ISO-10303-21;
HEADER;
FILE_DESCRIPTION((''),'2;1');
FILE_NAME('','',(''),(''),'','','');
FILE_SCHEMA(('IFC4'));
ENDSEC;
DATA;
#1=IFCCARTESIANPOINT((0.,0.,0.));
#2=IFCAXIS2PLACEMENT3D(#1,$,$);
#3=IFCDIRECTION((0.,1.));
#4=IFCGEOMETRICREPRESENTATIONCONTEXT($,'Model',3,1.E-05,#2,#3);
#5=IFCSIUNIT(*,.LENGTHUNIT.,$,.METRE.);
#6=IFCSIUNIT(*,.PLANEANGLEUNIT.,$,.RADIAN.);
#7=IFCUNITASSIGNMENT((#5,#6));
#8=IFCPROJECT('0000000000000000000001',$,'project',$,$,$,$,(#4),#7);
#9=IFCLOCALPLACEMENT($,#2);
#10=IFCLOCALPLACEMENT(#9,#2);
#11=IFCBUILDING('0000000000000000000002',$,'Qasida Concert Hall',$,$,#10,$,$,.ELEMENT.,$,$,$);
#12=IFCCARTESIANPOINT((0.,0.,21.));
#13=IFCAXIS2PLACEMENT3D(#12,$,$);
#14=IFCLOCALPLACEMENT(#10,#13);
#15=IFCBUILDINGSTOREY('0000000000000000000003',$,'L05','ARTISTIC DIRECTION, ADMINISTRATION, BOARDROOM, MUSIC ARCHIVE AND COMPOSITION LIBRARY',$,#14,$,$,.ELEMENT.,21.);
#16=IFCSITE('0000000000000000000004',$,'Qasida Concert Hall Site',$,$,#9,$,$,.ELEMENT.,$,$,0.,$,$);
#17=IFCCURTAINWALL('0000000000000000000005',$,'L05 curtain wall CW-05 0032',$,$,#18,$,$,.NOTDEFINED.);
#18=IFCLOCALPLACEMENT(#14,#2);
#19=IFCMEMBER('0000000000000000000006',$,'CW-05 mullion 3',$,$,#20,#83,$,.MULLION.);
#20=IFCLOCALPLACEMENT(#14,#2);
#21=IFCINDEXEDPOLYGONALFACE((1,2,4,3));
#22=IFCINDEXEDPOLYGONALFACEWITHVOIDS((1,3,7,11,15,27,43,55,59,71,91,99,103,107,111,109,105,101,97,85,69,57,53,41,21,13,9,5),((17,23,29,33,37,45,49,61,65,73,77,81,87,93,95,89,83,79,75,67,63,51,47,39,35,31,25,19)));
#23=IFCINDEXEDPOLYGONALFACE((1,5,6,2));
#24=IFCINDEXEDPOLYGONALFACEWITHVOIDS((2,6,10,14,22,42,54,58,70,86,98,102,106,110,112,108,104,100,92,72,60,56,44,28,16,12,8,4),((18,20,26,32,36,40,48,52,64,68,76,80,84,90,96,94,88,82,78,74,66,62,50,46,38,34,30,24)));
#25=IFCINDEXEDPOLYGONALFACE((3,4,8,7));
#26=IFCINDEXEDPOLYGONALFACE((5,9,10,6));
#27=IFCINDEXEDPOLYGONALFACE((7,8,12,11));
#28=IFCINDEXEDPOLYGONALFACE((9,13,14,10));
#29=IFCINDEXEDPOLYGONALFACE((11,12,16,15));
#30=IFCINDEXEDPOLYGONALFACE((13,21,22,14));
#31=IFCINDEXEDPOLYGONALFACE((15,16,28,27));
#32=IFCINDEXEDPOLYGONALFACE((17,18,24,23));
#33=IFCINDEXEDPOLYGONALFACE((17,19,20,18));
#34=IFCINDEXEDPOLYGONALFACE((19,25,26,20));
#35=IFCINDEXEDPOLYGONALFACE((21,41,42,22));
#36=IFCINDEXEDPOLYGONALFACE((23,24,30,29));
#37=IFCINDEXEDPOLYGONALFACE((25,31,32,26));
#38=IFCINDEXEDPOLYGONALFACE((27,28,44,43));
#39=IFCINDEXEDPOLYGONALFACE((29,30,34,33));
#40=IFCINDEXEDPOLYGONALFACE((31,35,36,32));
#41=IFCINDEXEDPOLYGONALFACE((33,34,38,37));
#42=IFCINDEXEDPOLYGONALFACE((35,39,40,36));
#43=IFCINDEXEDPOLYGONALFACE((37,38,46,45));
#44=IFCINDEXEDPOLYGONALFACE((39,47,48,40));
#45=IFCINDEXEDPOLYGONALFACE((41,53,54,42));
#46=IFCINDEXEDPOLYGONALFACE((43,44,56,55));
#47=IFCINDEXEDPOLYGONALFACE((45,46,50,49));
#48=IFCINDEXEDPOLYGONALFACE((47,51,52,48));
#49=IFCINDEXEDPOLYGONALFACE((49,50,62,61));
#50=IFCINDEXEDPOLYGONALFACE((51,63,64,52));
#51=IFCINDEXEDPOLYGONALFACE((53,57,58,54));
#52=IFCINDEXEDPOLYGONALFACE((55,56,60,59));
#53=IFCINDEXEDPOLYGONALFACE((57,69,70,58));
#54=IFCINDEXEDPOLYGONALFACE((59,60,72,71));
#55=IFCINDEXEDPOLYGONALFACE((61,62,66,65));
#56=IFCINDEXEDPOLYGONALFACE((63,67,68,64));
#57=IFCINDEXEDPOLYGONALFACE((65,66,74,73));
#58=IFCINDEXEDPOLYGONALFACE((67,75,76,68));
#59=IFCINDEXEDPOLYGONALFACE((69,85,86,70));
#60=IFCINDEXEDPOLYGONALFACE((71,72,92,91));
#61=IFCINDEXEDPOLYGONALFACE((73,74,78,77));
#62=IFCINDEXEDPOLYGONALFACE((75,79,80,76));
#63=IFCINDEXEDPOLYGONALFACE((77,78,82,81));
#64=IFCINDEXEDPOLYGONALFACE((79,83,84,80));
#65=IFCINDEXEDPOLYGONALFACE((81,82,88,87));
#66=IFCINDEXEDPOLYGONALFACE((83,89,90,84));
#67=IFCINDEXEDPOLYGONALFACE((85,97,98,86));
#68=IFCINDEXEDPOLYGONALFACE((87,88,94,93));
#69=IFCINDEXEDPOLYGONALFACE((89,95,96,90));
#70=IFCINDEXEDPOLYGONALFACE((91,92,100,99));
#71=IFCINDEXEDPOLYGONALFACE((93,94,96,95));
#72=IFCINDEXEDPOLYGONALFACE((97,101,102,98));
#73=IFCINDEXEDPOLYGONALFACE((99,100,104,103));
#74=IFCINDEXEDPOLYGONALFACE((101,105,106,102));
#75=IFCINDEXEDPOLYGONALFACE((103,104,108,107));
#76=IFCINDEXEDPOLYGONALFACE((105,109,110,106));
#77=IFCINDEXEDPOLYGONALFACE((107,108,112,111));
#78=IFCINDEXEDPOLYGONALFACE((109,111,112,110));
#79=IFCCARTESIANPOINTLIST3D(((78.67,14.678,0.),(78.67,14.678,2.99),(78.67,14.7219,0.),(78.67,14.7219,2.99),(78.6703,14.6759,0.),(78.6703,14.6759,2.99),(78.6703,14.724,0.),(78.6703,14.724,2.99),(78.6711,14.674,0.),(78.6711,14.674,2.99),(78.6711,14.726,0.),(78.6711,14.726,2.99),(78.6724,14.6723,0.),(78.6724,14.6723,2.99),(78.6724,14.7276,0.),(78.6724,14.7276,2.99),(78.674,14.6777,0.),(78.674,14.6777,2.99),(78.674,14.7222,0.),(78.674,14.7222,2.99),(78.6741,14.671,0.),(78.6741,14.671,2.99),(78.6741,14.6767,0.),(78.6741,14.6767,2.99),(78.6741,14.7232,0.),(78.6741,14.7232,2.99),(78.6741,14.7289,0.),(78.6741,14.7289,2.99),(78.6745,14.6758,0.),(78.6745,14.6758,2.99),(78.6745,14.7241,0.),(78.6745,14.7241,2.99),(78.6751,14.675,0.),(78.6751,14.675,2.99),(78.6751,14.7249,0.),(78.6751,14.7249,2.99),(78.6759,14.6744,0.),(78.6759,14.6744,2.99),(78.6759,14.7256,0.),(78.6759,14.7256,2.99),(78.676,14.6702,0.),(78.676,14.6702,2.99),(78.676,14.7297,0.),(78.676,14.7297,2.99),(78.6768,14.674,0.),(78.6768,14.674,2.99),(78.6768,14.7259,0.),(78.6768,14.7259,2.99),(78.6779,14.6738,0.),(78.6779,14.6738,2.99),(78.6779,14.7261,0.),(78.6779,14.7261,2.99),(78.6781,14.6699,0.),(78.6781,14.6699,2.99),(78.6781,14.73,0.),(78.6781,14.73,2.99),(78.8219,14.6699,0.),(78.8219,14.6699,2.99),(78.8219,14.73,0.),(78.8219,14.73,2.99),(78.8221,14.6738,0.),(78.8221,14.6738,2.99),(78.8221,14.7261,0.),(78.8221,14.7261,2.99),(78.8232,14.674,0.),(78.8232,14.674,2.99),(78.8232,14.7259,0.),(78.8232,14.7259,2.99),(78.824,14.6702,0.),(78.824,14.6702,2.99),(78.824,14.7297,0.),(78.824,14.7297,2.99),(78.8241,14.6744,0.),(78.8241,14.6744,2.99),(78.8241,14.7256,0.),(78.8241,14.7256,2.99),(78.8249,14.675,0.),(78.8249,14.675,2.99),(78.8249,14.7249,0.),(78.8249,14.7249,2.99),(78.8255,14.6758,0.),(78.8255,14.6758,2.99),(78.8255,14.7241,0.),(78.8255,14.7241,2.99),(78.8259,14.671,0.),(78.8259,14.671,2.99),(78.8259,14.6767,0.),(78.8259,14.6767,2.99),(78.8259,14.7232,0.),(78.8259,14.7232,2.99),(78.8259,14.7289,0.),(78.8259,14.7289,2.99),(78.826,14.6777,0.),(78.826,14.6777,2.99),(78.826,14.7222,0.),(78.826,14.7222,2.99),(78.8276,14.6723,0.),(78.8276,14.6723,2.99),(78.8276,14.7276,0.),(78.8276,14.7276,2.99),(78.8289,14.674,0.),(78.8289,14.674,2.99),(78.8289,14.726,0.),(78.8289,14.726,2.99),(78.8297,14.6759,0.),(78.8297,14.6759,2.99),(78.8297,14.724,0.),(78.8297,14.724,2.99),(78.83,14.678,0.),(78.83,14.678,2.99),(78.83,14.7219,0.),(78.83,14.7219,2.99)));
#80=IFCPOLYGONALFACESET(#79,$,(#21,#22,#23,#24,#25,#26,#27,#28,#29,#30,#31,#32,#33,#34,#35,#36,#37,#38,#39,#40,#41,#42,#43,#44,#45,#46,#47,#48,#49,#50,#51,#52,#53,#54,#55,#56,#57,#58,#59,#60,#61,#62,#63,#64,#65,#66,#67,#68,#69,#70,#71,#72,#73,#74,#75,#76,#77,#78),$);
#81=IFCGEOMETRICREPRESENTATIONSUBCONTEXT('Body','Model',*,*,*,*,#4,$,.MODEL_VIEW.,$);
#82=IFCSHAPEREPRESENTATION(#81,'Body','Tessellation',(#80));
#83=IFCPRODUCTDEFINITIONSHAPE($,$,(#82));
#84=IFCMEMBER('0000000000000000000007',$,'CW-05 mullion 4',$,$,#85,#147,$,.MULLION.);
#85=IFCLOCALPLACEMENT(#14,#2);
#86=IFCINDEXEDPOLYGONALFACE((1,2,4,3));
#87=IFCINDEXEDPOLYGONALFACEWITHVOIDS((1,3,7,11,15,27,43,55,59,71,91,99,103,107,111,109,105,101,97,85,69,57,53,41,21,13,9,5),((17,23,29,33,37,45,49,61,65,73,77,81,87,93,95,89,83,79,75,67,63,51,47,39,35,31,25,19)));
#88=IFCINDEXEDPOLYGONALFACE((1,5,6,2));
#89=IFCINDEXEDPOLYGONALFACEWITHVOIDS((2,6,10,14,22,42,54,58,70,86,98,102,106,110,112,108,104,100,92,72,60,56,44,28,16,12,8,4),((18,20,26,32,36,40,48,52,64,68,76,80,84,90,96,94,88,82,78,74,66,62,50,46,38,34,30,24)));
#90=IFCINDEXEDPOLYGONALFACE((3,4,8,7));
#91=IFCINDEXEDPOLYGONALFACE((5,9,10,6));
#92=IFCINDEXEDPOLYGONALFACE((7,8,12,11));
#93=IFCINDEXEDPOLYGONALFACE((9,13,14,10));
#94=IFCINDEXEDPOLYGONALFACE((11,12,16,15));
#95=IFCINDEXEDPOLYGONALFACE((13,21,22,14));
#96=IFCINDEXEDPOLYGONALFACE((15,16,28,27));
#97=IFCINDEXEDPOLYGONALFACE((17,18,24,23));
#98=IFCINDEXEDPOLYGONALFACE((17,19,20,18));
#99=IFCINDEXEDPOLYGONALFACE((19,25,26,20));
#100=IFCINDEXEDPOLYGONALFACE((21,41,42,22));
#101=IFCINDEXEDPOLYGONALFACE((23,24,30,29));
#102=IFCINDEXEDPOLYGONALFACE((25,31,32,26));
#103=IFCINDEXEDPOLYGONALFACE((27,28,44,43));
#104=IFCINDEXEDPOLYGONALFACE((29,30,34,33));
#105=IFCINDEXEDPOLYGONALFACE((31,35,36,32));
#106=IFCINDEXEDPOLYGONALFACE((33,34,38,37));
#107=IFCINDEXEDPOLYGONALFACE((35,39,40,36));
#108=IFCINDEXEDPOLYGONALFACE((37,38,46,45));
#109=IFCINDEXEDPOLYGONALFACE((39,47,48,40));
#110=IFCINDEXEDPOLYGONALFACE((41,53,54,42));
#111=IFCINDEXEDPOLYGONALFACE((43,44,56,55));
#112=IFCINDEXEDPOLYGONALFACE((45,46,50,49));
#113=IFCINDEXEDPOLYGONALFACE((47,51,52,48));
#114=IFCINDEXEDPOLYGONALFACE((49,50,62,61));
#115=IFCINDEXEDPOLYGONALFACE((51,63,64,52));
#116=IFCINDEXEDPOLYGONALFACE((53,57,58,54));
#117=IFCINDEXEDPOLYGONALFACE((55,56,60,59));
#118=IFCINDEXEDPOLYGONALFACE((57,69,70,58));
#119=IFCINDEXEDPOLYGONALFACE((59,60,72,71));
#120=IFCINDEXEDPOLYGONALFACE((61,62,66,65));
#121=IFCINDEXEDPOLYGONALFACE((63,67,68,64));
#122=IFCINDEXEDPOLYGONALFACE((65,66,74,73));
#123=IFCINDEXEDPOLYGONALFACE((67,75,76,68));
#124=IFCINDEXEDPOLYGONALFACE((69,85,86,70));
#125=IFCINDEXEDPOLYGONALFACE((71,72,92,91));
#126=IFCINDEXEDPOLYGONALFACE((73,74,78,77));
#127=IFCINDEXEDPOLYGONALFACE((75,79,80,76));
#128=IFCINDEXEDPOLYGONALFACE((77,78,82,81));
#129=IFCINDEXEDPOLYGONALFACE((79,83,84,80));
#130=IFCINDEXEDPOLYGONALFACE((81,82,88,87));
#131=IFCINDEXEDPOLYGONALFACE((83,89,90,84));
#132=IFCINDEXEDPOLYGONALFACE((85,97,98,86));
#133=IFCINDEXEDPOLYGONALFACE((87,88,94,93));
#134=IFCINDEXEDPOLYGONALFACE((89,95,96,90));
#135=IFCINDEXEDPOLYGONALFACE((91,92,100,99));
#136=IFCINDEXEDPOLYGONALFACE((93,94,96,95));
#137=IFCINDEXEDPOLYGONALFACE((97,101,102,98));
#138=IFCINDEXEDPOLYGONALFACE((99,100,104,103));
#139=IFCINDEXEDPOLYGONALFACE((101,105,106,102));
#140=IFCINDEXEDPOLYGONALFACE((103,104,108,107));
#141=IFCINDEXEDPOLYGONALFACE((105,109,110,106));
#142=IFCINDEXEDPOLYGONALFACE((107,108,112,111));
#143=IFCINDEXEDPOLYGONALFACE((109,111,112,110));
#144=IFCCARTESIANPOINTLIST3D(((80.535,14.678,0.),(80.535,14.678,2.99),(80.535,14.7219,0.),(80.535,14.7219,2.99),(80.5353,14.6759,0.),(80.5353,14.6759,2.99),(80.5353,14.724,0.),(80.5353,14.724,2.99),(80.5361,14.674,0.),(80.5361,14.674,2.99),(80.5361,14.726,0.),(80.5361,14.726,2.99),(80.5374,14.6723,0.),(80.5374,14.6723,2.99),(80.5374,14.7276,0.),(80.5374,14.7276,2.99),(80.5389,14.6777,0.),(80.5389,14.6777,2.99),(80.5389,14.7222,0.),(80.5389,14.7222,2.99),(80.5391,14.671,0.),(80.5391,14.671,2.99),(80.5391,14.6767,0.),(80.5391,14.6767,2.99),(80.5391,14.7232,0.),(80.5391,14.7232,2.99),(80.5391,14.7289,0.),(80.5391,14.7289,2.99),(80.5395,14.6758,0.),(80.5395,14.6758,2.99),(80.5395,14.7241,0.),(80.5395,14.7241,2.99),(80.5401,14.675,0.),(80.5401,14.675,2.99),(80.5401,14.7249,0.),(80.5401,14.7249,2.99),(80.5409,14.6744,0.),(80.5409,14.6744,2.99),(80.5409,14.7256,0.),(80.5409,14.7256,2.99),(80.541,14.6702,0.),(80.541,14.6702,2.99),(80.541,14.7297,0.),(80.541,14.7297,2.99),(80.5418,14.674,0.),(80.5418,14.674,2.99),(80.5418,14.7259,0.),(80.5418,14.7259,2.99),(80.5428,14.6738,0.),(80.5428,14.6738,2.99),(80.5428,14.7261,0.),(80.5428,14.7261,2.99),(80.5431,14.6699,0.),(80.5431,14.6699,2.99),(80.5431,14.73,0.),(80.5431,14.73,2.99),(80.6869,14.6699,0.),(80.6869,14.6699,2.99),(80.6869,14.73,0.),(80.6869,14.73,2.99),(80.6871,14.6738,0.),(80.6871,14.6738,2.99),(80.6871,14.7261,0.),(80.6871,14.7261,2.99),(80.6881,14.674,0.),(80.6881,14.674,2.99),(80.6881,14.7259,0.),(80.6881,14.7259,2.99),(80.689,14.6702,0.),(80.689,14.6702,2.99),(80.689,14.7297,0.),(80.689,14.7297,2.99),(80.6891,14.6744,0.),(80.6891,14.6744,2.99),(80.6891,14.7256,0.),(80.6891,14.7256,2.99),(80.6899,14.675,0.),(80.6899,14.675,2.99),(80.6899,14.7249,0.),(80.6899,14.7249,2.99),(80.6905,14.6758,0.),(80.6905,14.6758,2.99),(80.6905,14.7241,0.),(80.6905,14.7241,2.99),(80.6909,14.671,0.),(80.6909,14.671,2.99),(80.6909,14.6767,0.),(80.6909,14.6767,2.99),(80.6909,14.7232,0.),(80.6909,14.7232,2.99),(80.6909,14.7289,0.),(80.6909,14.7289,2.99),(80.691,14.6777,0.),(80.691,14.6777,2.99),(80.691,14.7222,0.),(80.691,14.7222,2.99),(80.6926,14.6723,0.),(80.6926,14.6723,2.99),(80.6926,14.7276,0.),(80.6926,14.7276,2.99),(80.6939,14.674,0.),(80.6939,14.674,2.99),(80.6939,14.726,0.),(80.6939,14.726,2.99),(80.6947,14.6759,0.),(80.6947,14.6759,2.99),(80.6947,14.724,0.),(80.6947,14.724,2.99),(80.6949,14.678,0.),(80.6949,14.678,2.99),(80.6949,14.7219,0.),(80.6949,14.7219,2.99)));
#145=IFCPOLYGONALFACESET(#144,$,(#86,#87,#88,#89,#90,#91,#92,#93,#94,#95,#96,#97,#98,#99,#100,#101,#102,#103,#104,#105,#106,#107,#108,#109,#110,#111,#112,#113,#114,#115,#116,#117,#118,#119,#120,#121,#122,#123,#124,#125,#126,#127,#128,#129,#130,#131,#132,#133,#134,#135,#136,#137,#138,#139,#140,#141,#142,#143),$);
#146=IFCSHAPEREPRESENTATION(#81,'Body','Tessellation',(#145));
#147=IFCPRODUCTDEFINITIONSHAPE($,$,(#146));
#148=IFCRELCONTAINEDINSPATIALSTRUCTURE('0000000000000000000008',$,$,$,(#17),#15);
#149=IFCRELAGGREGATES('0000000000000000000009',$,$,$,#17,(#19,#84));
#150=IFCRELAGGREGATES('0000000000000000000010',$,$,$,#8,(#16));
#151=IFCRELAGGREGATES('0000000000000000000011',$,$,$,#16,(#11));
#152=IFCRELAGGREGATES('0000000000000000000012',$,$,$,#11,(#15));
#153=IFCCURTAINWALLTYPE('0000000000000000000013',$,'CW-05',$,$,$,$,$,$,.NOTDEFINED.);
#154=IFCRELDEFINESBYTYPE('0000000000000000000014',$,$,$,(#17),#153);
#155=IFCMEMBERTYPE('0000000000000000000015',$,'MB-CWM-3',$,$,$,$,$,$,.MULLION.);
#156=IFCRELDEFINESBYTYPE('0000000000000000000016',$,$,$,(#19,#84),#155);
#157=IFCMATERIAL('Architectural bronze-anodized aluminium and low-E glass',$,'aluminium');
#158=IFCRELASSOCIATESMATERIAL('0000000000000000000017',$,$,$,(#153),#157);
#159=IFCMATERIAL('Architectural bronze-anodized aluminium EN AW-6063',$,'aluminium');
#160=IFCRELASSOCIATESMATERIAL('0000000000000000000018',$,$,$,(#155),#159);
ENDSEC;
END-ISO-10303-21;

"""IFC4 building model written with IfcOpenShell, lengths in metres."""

from ifc_helpers import new_model, si_unit, direction, frame, origin, origin_2d, place, context, subcontext, project, spatial, hollow_rectangle, extrude, material, material_profile, profile_set, type_object, element, aggregate, save


model = new_model("IFC4")

# Units and contexts
model_context = context("Model", 3, precision=1e-05, world=origin(), true_north=direction((0.0, 1.0)))
body_context = subcontext(model_context, "Body", "Model", "MODEL_VIEW")
ifc_project = project(units=[si_unit("LENGTHUNIT", "METRE"), si_unit("PLANEANGLEUNIT", "RADIAN")], contexts=[model_context])

# Site, building, storey
site_placement = place(None, origin())
site = spatial("IfcSite", under=ifc_project, at=site_placement, Name="Qasida Concert Hall Site", CompositionType="ELEMENT", RefElevation=0.0)
building_placement = place(site_placement, origin())
building = spatial("IfcBuilding", under=site, at=building_placement, Name="Qasida Concert Hall", CompositionType="ELEMENT")
storey_placement = place(building_placement, frame((0.0, 0.0, 21.0)))
storey = spatial("IfcBuildingStorey", under=building, at=storey_placement, Name="L05", Description="ARTISTIC DIRECTION, ADMINISTRATION, BOARDROOM, MUSIC ARCHIVE AND COMPOSITION LIBRARY", CompositionType="ELEMENT", Elevation=21.0)

# Curtain wall, members
ifc_material_1 = material(Name="Architectural bronze-anodized aluminium and low-E glass", Category="aluminium")
curtain_wall_type = type_object("IfcCurtainWallType", Name="CW-05", PredefinedType="NOTDEFINED", material=ifc_material_1)
curtain_wall_placement = place(storey_placement, origin())
curtain_wall = element("IfcCurtainWall", 1, at=curtain_wall_placement, inside=storey, type_object=curtain_wall_type, Name="L05 curtain wall CW-05 0032", PredefinedType="NOTDEFINED")
ifc_material_2 = material(Name="Architectural bronze-anodized aluminium EN AW-6063", Category="aluminium")
ifc_material_profile_1 = material_profile(ifc_material_2, hollow_rectangle(XDim=0.0601, YDim=0.1599, WallThickness=0.0039, InnerFilletRadius=0.0039, OuterFilletRadius=0.0081, at=origin_2d()), Name="CWM 160x60x4")
ifc_profile_set_1 = profile_set([ifc_material_profile_1], Name="Architectural bronze-anodized aluminium EN AW-6063")
member_type_1 = type_object("IfcMemberType", Name="MB-CWM-3", PredefinedType="MULLION", material=ifc_profile_set_1)
member_1_placement = place(storey_placement, frame((78.75, 14.7, 0.0), z_axis=(0.0, 0.0, 1.0), x_axis=(0.0, 1.0, 0.0)))
member_1 = element("IfcMember", 2, at=member_1_placement, type_object=member_type_1, Name="CW-05 mullion 3", PredefinedType="MULLION", context=body_context, shape_type="SweptSolid", body=[
    extrude(hollow_rectangle(XDim=0.0601, YDim=0.1599, WallThickness=0.0039, InnerFilletRadius=0.0039, OuterFilletRadius=0.0081, at=origin_2d()), origin(), (0.0, 0.0, 1.0), 2.99),
])
member_2_placement = place(storey_placement, frame((80.615, 14.7, 0.0), z_axis=(0.0, 0.0, 1.0), x_axis=(0.0, 1.0, 0.0)))
member_2 = element("IfcMember", 3, at=member_2_placement, type_object=member_type_1, Name="CW-05 mullion 4", PredefinedType="MULLION", context=body_context, shape_type="SweptSolid", body=[
    extrude(hollow_rectangle(XDim=0.0601, YDim=0.1599, WallThickness=0.0039, InnerFilletRadius=0.0039, OuterFilletRadius=0.0081, at=origin_2d()), origin(), (0.0, 0.0, 1.0), 2.99),
])
aggregate(curtain_wall, [member_1, member_2])

save(model, "model.ifc")
